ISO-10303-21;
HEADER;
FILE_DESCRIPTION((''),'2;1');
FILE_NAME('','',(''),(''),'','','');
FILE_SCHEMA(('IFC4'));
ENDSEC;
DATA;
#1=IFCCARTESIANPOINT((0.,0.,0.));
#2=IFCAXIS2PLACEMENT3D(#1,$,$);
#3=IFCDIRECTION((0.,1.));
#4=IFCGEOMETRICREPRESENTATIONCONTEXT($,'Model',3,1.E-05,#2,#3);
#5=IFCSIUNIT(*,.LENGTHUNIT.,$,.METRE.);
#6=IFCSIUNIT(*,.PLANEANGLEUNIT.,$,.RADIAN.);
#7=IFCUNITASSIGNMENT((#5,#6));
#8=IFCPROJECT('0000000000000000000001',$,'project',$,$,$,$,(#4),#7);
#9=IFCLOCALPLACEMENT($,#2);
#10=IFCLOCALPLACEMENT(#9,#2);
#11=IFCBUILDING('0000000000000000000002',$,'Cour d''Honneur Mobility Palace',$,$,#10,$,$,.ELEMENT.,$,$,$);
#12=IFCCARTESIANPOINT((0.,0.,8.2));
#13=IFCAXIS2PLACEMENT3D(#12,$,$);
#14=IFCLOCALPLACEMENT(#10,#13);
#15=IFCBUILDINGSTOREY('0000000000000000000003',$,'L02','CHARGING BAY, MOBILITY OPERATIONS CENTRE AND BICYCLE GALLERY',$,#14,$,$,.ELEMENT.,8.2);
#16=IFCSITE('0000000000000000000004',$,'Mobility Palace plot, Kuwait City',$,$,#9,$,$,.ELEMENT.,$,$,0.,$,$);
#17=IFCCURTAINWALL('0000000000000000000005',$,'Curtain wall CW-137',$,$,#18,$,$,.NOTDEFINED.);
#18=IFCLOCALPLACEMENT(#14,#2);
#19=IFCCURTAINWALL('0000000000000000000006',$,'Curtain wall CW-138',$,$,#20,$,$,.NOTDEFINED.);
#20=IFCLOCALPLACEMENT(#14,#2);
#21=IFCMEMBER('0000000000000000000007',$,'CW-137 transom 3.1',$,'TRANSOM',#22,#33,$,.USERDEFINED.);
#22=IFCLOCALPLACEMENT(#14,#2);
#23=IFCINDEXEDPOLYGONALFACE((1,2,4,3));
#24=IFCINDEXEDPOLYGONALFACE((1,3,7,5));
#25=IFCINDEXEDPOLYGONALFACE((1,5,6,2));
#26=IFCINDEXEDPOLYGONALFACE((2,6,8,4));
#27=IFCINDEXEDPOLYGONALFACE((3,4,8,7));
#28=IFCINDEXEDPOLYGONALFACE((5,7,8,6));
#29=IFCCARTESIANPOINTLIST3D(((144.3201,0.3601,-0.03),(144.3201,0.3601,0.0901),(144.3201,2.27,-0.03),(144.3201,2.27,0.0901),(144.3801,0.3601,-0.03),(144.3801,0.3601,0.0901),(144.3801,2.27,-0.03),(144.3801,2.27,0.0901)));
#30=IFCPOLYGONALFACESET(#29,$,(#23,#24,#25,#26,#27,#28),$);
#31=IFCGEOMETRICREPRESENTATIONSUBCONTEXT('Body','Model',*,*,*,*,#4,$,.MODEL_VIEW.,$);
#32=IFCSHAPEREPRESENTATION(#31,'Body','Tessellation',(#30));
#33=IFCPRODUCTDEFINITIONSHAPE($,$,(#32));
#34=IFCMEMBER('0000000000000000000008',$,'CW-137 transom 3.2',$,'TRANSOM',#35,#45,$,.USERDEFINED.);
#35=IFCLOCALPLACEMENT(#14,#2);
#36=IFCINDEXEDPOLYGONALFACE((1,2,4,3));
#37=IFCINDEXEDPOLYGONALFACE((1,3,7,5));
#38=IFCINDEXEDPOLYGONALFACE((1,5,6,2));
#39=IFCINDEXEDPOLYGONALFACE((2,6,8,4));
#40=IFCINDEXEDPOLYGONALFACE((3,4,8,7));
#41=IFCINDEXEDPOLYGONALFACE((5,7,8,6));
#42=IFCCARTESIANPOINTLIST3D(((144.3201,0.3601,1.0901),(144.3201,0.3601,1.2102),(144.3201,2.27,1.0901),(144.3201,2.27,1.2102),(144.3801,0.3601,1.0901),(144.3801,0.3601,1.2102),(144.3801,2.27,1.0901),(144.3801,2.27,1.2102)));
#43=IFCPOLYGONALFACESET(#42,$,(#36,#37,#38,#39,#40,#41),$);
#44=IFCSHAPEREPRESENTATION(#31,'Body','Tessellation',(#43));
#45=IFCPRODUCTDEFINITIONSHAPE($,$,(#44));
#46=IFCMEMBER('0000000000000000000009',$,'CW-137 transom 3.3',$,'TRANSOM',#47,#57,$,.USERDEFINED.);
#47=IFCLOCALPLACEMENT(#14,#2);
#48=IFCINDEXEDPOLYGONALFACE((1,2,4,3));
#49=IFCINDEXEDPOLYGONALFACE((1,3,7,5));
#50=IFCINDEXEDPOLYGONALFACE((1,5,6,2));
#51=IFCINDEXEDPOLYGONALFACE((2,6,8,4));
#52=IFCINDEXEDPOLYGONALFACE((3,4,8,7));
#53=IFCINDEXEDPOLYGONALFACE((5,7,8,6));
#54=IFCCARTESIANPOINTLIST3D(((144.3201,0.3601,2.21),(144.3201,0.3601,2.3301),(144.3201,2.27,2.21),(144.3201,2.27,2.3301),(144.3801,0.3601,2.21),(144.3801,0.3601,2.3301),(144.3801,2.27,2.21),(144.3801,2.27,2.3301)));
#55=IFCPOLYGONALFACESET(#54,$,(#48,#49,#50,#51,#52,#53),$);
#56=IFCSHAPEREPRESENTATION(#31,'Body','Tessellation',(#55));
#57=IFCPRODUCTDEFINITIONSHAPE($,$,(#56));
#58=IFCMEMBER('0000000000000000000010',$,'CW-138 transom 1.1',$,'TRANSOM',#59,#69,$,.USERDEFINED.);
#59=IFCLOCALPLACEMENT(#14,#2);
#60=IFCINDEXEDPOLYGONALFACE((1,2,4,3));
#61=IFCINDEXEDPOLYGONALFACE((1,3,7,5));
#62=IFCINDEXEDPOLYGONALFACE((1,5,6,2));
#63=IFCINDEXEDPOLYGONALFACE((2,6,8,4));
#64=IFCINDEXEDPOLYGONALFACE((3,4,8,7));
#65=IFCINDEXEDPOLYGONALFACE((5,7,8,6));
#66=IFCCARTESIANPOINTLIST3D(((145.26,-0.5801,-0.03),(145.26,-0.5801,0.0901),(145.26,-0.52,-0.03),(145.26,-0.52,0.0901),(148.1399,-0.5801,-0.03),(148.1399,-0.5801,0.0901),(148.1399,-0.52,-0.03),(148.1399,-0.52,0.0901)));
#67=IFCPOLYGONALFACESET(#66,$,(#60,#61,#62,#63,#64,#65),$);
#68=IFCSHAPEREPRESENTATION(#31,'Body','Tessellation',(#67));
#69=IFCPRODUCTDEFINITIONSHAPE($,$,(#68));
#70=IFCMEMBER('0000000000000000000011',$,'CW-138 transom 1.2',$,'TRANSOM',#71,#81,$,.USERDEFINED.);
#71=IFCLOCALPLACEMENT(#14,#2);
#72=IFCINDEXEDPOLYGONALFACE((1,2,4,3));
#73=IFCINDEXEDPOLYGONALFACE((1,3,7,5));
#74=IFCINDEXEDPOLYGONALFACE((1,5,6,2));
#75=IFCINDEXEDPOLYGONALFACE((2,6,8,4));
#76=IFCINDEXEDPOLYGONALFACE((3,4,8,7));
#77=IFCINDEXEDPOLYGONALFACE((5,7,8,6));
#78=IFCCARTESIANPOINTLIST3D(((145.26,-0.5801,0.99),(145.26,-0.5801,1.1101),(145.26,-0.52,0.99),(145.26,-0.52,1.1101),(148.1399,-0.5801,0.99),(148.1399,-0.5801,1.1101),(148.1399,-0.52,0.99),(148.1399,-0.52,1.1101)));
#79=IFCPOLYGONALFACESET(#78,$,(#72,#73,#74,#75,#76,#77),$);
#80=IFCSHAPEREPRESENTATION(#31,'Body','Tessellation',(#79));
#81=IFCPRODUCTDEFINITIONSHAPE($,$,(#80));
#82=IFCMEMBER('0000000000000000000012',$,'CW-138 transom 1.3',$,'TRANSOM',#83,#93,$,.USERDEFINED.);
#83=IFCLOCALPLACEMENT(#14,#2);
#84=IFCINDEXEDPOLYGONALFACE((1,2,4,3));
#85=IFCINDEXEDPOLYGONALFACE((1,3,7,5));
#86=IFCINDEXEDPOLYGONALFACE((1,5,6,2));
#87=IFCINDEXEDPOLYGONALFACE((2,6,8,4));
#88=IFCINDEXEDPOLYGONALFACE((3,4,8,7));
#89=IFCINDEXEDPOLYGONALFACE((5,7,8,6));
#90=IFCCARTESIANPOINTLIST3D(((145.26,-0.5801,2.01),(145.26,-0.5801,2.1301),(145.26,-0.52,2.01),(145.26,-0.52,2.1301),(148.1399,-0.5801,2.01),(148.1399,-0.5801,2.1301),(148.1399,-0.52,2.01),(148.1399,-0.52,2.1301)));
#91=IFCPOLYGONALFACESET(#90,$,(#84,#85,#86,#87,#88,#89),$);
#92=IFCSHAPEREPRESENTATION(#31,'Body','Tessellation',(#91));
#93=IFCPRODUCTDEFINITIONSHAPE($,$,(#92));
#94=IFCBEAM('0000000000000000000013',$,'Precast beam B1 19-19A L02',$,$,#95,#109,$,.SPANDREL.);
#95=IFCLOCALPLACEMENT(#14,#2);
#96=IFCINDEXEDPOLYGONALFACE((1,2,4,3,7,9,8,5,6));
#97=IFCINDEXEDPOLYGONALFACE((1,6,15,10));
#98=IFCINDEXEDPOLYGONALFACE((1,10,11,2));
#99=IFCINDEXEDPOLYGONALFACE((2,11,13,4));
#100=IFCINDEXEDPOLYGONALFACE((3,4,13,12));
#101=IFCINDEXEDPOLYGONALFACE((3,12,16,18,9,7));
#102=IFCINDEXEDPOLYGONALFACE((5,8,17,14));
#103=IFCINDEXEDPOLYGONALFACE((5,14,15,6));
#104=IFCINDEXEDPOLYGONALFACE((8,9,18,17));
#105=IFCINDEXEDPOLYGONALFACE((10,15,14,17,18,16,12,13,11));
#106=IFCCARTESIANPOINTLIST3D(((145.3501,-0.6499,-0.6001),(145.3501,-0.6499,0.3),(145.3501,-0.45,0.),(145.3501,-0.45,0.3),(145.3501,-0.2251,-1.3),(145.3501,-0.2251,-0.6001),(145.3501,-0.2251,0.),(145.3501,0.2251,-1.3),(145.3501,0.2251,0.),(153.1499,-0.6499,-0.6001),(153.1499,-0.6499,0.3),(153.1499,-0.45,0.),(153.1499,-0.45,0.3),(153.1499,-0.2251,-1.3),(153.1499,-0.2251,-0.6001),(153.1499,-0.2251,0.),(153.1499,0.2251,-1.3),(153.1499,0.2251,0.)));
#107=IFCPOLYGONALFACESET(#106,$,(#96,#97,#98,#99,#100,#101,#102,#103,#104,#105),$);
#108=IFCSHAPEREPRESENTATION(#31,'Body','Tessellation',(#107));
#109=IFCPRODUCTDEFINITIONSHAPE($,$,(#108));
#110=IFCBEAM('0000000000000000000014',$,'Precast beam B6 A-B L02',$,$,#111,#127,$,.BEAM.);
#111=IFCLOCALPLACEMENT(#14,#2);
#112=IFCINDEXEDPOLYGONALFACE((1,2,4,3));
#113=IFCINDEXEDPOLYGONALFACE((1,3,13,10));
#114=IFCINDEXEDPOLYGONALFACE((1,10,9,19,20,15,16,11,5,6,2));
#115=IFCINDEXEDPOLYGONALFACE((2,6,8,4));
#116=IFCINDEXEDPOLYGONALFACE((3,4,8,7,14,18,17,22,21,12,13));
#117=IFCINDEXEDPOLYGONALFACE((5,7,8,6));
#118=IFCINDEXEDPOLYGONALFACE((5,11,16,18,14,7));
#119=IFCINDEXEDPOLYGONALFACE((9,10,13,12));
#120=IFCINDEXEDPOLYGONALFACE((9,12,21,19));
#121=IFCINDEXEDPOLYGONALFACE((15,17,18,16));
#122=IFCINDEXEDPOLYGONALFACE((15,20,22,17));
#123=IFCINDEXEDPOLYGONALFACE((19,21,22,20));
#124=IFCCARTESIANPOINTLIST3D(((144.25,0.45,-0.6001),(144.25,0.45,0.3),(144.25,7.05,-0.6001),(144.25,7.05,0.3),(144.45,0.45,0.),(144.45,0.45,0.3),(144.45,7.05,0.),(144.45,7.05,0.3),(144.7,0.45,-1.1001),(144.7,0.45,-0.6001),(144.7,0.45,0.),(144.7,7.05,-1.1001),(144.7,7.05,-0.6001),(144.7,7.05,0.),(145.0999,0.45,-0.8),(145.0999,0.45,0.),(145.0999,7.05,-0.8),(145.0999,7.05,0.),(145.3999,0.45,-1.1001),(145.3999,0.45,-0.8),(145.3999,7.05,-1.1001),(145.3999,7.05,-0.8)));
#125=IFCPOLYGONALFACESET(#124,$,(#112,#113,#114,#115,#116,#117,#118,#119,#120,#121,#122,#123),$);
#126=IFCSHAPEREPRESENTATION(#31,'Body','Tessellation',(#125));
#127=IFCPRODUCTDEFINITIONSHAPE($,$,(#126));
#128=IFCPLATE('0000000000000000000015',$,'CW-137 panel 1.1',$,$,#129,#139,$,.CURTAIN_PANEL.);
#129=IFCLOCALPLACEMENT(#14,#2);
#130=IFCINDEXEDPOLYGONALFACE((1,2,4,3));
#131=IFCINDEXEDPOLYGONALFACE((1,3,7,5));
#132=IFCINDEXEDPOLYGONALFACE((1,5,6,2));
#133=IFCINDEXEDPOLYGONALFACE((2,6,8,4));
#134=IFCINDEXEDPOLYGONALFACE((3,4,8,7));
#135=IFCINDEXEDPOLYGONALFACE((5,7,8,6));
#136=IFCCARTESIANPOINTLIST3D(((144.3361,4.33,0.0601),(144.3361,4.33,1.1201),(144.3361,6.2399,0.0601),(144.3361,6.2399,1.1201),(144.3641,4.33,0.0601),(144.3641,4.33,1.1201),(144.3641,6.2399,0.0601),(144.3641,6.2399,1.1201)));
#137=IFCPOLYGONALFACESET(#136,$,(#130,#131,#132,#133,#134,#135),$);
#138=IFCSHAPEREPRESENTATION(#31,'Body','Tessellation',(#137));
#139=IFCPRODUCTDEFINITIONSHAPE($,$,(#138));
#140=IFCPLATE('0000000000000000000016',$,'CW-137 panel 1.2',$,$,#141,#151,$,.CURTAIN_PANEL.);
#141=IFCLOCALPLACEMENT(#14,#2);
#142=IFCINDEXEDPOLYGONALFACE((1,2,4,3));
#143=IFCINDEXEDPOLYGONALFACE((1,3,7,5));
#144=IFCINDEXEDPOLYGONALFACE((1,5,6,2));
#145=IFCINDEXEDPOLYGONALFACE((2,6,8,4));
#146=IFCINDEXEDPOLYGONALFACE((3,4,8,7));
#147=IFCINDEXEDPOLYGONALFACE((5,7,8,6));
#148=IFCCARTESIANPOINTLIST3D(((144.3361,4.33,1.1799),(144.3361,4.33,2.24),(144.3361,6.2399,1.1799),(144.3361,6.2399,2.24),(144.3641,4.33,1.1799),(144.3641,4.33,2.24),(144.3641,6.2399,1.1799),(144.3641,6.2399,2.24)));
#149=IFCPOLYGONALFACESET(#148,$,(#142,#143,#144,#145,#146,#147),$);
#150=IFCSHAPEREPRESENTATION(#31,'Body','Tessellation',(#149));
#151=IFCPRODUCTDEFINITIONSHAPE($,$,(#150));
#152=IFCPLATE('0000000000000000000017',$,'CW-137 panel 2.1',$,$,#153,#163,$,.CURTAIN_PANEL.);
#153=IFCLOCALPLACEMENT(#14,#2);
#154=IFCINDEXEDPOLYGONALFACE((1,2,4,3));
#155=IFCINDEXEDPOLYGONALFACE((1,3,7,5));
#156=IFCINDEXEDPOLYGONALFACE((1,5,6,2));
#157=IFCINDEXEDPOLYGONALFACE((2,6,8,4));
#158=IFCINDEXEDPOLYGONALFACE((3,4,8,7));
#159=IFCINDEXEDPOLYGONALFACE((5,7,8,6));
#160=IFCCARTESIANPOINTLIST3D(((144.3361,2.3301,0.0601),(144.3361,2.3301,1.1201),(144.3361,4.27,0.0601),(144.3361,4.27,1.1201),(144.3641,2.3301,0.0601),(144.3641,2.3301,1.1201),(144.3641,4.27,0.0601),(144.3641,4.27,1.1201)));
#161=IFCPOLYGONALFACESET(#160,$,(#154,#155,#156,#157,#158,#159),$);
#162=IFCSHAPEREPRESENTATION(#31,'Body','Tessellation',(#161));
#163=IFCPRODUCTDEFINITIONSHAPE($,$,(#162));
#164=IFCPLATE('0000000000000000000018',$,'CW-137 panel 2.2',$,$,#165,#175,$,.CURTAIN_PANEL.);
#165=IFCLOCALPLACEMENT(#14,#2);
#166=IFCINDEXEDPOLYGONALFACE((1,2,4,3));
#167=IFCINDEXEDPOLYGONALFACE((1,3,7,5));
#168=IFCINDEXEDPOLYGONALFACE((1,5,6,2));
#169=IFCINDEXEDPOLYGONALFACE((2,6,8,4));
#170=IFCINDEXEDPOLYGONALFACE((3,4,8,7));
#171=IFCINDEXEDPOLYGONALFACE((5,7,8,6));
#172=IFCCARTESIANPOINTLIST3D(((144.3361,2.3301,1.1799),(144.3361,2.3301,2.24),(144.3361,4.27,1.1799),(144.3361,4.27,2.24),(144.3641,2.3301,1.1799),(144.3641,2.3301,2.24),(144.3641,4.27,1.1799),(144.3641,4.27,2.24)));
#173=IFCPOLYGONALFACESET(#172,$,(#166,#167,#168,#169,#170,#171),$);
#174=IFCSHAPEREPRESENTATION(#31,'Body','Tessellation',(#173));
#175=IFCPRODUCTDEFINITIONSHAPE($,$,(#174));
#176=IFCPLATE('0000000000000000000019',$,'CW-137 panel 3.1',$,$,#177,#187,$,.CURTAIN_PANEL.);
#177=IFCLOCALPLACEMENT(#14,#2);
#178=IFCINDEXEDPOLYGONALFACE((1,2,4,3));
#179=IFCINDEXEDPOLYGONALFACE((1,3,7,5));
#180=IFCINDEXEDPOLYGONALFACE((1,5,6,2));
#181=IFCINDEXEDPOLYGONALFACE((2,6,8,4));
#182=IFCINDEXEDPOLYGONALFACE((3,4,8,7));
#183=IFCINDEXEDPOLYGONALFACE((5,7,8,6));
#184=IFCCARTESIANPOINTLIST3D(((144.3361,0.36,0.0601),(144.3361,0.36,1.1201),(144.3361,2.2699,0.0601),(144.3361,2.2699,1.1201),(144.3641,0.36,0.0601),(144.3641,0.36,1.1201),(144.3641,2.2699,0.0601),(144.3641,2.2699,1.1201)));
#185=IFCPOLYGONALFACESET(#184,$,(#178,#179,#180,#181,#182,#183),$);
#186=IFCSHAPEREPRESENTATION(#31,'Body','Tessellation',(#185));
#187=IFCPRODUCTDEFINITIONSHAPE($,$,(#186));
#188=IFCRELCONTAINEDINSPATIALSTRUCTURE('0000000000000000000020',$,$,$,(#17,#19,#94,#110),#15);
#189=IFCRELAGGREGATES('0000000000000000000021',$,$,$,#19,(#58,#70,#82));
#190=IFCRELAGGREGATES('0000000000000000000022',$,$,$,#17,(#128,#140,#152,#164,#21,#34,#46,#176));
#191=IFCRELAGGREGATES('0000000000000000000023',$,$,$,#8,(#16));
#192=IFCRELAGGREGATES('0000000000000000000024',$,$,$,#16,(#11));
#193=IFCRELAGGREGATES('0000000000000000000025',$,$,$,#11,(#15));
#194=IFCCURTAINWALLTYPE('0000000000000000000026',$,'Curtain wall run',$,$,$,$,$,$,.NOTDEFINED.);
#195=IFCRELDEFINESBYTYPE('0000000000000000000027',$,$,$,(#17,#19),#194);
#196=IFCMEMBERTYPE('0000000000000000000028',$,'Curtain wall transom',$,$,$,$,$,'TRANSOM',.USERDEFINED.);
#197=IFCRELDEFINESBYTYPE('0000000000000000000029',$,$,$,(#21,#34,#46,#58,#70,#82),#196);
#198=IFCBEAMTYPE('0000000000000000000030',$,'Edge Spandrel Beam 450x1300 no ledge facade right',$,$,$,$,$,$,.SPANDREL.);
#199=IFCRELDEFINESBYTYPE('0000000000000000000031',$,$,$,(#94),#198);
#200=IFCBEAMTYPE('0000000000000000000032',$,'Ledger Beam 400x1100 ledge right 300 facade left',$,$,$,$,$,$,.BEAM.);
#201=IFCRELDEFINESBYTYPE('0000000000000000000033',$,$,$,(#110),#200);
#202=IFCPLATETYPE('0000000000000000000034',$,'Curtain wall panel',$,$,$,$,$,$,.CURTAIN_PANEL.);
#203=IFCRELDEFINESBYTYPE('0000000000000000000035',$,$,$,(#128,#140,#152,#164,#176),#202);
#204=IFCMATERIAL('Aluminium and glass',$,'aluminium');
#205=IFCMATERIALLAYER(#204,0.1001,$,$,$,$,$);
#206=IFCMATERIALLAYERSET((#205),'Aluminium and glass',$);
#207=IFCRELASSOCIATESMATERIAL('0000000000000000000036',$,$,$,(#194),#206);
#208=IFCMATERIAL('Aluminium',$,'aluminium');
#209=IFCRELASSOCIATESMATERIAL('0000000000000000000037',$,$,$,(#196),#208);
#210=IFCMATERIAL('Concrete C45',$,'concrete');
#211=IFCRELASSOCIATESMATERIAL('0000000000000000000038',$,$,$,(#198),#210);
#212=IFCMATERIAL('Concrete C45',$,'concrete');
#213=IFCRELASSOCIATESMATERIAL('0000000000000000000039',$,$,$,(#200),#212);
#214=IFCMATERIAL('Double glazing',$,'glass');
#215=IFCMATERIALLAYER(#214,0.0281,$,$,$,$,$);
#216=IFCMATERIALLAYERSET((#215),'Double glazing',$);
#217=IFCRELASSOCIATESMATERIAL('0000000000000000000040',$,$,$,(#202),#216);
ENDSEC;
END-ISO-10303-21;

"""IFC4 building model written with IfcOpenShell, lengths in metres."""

from ifc_helpers import new_model, si_unit, direction, frame, origin, origin_2d, place, context, subcontext, project, spatial, polyline, rectangle, outline, extrude, material, layer, layer_set, material_profile, profile_set, type_object, element, aggregate, save


model = new_model("IFC4")

# Units and contexts
model_context = context("Model", 3, precision=1e-05, world=origin(), true_north=direction((0.0, 1.0)))
body_context = subcontext(model_context, "Body", "Model", "MODEL_VIEW")
ifc_project = project(units=[si_unit("LENGTHUNIT", "METRE"), si_unit("PLANEANGLEUNIT", "RADIAN")], contexts=[model_context])

# Site, building, storey
site_placement = place(None, origin())
site = spatial("IfcSite", under=ifc_project, at=site_placement, Name="Mobility Palace plot, Kuwait City", CompositionType="ELEMENT", RefElevation=0.0)
building_placement = place(site_placement, origin())
building = spatial("IfcBuilding", under=site, at=building_placement, Name="Cour d'Honneur Mobility Palace", CompositionType="ELEMENT")
storey_placement = place(building_placement, frame((0.0, 0.0, 8.2)))
storey = spatial("IfcBuildingStorey", under=building, at=storey_placement, Name="L02", Description="CHARGING BAY, MOBILITY OPERATIONS CENTRE AND BICYCLE GALLERY", CompositionType="ELEMENT", Elevation=8.2)

# Curtain wall
ifc_material_1 = material(Name="Aluminium and glass", Category="aluminium")
ifc_layer_1 = layer(ifc_material_1, 0.1001)
ifc_layer_set_1 = layer_set([ifc_layer_1], Name="Aluminium and glass")
curtain_wall_type = type_object("IfcCurtainWallType", Name="Curtain wall run", PredefinedType="NOTDEFINED", material=ifc_layer_set_1)
curtain_wall_1_placement = place(storey_placement, origin())
curtain_wall_1 = element("IfcCurtainWall", 1, at=curtain_wall_1_placement, inside=storey, type_object=curtain_wall_type, Name="Curtain wall CW-137", PredefinedType="NOTDEFINED")

# Curtain wall
curtain_wall_2_placement = place(storey_placement, origin())
curtain_wall_2 = element("IfcCurtainWall", 2, at=curtain_wall_2_placement, inside=storey, type_object=curtain_wall_type, Name="Curtain wall CW-138", PredefinedType="NOTDEFINED")

# Members
ifc_material_2 = material(Name="Aluminium", Category="aluminium")
ifc_material_profile_1 = material_profile(ifc_material_2, rectangle(XDim=0.0601, YDim=0.1201, at=origin_2d()), Name="Curtain wall transom")
ifc_profile_set_1 = profile_set([ifc_material_profile_1], Name="Aluminium")
member_type_1 = type_object("IfcMemberType", Name="Curtain wall transom", ElementType="TRANSOM", PredefinedType="USERDEFINED", material=ifc_profile_set_1)
member_1_placement = place(storey_placement, frame((144.3501, 2.27, 0.03), z_axis=(0.0, -1.0, 0.0), x_axis=(1.0, 0.0, 0.0)))
member_1 = element("IfcMember", 3, at=member_1_placement, type_object=member_type_1, Name="CW-137 transom 3.1", ObjectType="TRANSOM", PredefinedType="USERDEFINED", context=body_context, shape_type="SweptSolid", body=[
    extrude(rectangle(XDim=0.0601, YDim=0.1201, at=origin_2d()), origin(), (0.0, 0.0, 1.0), 1.9099),
])
member_2_placement = place(storey_placement, frame((144.3501, 2.27, 1.1501), z_axis=(0.0, -1.0, 0.0), x_axis=(1.0, 0.0, 0.0)))
member_2 = element("IfcMember", 4, at=member_2_placement, type_object=member_type_1, Name="CW-137 transom 3.2", ObjectType="TRANSOM", PredefinedType="USERDEFINED", context=body_context, shape_type="SweptSolid", body=[
    extrude(rectangle(XDim=0.0601, YDim=0.1201, at=origin_2d()), origin(), (0.0, 0.0, 1.0), 1.9099),
])
member_3_placement = place(storey_placement, frame((144.3501, 2.27, 2.27), z_axis=(0.0, -1.0, 0.0), x_axis=(1.0, 0.0, 0.0)))
member_3 = element("IfcMember", 5, at=member_3_placement, type_object=member_type_1, Name="CW-137 transom 3.3", ObjectType="TRANSOM", PredefinedType="USERDEFINED", context=body_context, shape_type="SweptSolid", body=[
    extrude(rectangle(XDim=0.0601, YDim=0.1201, at=origin_2d()), origin(), (0.0, 0.0, 1.0), 1.9099),
])
member_4_placement = place(storey_placement, frame((145.26, -0.55, 0.03), z_axis=(1.0, 0.0, 0.0), x_axis=(0.0, 1.0, 0.0)))
member_4 = element("IfcMember", 6, at=member_4_placement, type_object=member_type_1, Name="CW-138 transom 1.1", ObjectType="TRANSOM", PredefinedType="USERDEFINED", context=body_context, shape_type="SweptSolid", body=[
    extrude(rectangle(XDim=0.0601, YDim=0.1201, at=origin_2d()), origin(), (0.0, 0.0, 1.0), 2.8799),
])
member_5_placement = place(storey_placement, frame((145.26, -0.55, 1.05), z_axis=(1.0, 0.0, 0.0), x_axis=(0.0, 1.0, 0.0)))
member_5 = element("IfcMember", 7, at=member_5_placement, type_object=member_type_1, Name="CW-138 transom 1.2", ObjectType="TRANSOM", PredefinedType="USERDEFINED", context=body_context, shape_type="SweptSolid", body=[
    extrude(rectangle(XDim=0.0601, YDim=0.1201, at=origin_2d()), origin(), (0.0, 0.0, 1.0), 2.8799),
])
member_6_placement = place(storey_placement, frame((145.26, -0.55, 2.0701), z_axis=(1.0, 0.0, 0.0), x_axis=(0.0, 1.0, 0.0)))
member_6 = element("IfcMember", 8, at=member_6_placement, type_object=member_type_1, Name="CW-138 transom 1.3", ObjectType="TRANSOM", PredefinedType="USERDEFINED", context=body_context, shape_type="SweptSolid", body=[
    extrude(rectangle(XDim=0.0601, YDim=0.1201, at=origin_2d()), origin(), (0.0, 0.0, 1.0), 2.8799),
])
aggregate(curtain_wall_2, [member_4, member_5, member_6])

# Beams
ifc_material_3 = material(Name="Concrete C45", Category="concrete")
ifc_material_profile_2 = material_profile(ifc_material_3, outline(polyline([(0.2251, -1.3), (0.2251, 0.0), (-0.2251, 0.0), (-0.45, 0.0), (-0.45, 0.3), (-0.6499, 0.3), (-0.6499, -0.6001), (-0.2251, -0.6001), (-0.2251, -1.3), (0.2251, -1.3)])), Name="Edge Spandrel Beam 450x1300 no ledge facade right")
ifc_profile_set_2 = profile_set([ifc_material_profile_2], Name="Concrete C45")
beam_type_1 = type_object("IfcBeamType", Name="Edge Spandrel Beam 450x1300 no ledge facade right", PredefinedType="SPANDREL", material=ifc_profile_set_2)
beam_1_placement = place(storey_placement, frame((145.3501, 0.0, 0.0), z_axis=(1.0, 0.0, 0.0), x_axis=(0.0, 1.0, 0.0)))
element("IfcBeam", 9, at=beam_1_placement, inside=storey, type_object=beam_type_1, Name="Precast beam B1 19-19A L02", PredefinedType="SPANDREL", context=body_context, shape_type="SweptSolid", body=[
    extrude(outline(polyline([(0.2251, -1.3), (0.2251, 0.0), (-0.2251, 0.0), (-0.45, 0.0), (-0.45, 0.3), (-0.6499, 0.3), (-0.6499, -0.6001), (-0.2251, -0.6001), (-0.2251, -1.3), (0.2251, -1.3)])), origin(), (0.0, 0.0, 1.0), 7.7998),
])
ifc_material_4 = material(Name="Concrete C45", Category="concrete")
ifc_material_profile_3 = material_profile(ifc_material_4, outline(polyline([(0.2, -1.1001), (0.2, -0.6001), (0.6499, -0.6001), (0.6499, 0.3), (0.45, 0.3), (0.45, 0.0), (0.2, 0.0), (-0.2, 0.0), (-0.2, -0.8), (-0.5, -0.8), (-0.5, -1.1001), (0.2, -1.1001)])), Name="Ledger Beam 400x1100 ledge right 300 facade left")
ifc_profile_set_3 = profile_set([ifc_material_profile_3], Name="Concrete C45")
beam_type_2 = type_object("IfcBeamType", Name="Ledger Beam 400x1100 ledge right 300 facade left", PredefinedType="BEAM", material=ifc_profile_set_3)
beam_2_placement = place(storey_placement, frame((144.8999, 0.45, 0.0), z_axis=(0.0, 1.0, 0.0), x_axis=(-1.0, 0.0, 0.0)))
element("IfcBeam", 10, at=beam_2_placement, inside=storey, type_object=beam_type_2, Name="Precast beam B6 A-B L02", PredefinedType="BEAM", context=body_context, shape_type="SweptSolid", body=[
    extrude(outline(polyline([(0.2, -1.1001), (0.2, -0.6001), (0.6499, -0.6001), (0.6499, 0.3), (0.45, 0.3), (0.45, 0.0), (0.2, 0.0), (-0.2, 0.0), (-0.2, -0.8), (-0.5, -0.8), (-0.5, -1.1001), (0.2, -1.1001)])), origin(), (0.0, 0.0, 1.0), 6.6001),
])

# Plates
ifc_material_5 = material(Name="Double glazing", Category="glass")
ifc_layer_2 = layer(ifc_material_5, 0.0281)
ifc_layer_set_2 = layer_set([ifc_layer_2], Name="Double glazing")
plate_type = type_object("IfcPlateType", Name="Curtain wall panel", PredefinedType="CURTAIN_PANEL", material=ifc_layer_set_2)
plate_1_placement = place(storey_placement, frame((144.3501, 5.2849, 0.0601), z_axis=(0.0, 0.0, 1.0), x_axis=(0.0, -1.0, 0.0)))
plate_1 = element("IfcPlate", 11, at=plate_1_placement, type_object=plate_type, Name="CW-137 panel 1.1", PredefinedType="CURTAIN_PANEL", context=body_context, shape_type="SweptSolid", body=[
    extrude(rectangle(XDim=1.9099, YDim=0.0281, at=origin_2d()), origin(), (0.0, 0.0, 1.0), 1.0601),
])
plate_2_placement = place(storey_placement, frame((144.3501, 5.2849, 1.1799), z_axis=(0.0, 0.0, 1.0), x_axis=(0.0, -1.0, 0.0)))
plate_2 = element("IfcPlate", 12, at=plate_2_placement, type_object=plate_type, Name="CW-137 panel 1.2", PredefinedType="CURTAIN_PANEL", context=body_context, shape_type="SweptSolid", body=[
    extrude(rectangle(XDim=1.9099, YDim=0.0281, at=origin_2d()), origin(), (0.0, 0.0, 1.0), 1.0601),
])
plate_3_placement = place(storey_placement, frame((144.3501, 3.3, 0.0601), z_axis=(0.0, 0.0, 1.0), x_axis=(0.0, -1.0, 0.0)))
plate_3 = element("IfcPlate", 13, at=plate_3_placement, type_object=plate_type, Name="CW-137 panel 2.1", PredefinedType="CURTAIN_PANEL", context=body_context, shape_type="SweptSolid", body=[
    extrude(rectangle(XDim=1.9399, YDim=0.0281, at=origin_2d()), origin(), (0.0, 0.0, 1.0), 1.0601),
])
plate_4_placement = place(storey_placement, frame((144.3501, 3.3, 1.1799), z_axis=(0.0, 0.0, 1.0), x_axis=(0.0, -1.0, 0.0)))
plate_4 = element("IfcPlate", 14, at=plate_4_placement, type_object=plate_type, Name="CW-137 panel 2.2", PredefinedType="CURTAIN_PANEL", context=body_context, shape_type="SweptSolid", body=[
    extrude(rectangle(XDim=1.9399, YDim=0.0281, at=origin_2d()), origin(), (0.0, 0.0, 1.0), 1.0601),
])
plate_5_placement = place(storey_placement, frame((144.3501, 1.3149, 0.0601), z_axis=(0.0, 0.0, 1.0), x_axis=(0.0, -1.0, 0.0)))
plate_5 = element("IfcPlate", 15, at=plate_5_placement, type_object=plate_type, Name="CW-137 panel 3.1", PredefinedType="CURTAIN_PANEL", context=body_context, shape_type="SweptSolid", body=[
    extrude(rectangle(XDim=1.9099, YDim=0.0281, at=origin_2d()), origin(), (0.0, 0.0, 1.0), 1.0601),
])
aggregate(curtain_wall_1, [plate_1, plate_2, plate_3, plate_4, member_1, member_2, member_3, plate_5])

save(model, "model.ifc")
